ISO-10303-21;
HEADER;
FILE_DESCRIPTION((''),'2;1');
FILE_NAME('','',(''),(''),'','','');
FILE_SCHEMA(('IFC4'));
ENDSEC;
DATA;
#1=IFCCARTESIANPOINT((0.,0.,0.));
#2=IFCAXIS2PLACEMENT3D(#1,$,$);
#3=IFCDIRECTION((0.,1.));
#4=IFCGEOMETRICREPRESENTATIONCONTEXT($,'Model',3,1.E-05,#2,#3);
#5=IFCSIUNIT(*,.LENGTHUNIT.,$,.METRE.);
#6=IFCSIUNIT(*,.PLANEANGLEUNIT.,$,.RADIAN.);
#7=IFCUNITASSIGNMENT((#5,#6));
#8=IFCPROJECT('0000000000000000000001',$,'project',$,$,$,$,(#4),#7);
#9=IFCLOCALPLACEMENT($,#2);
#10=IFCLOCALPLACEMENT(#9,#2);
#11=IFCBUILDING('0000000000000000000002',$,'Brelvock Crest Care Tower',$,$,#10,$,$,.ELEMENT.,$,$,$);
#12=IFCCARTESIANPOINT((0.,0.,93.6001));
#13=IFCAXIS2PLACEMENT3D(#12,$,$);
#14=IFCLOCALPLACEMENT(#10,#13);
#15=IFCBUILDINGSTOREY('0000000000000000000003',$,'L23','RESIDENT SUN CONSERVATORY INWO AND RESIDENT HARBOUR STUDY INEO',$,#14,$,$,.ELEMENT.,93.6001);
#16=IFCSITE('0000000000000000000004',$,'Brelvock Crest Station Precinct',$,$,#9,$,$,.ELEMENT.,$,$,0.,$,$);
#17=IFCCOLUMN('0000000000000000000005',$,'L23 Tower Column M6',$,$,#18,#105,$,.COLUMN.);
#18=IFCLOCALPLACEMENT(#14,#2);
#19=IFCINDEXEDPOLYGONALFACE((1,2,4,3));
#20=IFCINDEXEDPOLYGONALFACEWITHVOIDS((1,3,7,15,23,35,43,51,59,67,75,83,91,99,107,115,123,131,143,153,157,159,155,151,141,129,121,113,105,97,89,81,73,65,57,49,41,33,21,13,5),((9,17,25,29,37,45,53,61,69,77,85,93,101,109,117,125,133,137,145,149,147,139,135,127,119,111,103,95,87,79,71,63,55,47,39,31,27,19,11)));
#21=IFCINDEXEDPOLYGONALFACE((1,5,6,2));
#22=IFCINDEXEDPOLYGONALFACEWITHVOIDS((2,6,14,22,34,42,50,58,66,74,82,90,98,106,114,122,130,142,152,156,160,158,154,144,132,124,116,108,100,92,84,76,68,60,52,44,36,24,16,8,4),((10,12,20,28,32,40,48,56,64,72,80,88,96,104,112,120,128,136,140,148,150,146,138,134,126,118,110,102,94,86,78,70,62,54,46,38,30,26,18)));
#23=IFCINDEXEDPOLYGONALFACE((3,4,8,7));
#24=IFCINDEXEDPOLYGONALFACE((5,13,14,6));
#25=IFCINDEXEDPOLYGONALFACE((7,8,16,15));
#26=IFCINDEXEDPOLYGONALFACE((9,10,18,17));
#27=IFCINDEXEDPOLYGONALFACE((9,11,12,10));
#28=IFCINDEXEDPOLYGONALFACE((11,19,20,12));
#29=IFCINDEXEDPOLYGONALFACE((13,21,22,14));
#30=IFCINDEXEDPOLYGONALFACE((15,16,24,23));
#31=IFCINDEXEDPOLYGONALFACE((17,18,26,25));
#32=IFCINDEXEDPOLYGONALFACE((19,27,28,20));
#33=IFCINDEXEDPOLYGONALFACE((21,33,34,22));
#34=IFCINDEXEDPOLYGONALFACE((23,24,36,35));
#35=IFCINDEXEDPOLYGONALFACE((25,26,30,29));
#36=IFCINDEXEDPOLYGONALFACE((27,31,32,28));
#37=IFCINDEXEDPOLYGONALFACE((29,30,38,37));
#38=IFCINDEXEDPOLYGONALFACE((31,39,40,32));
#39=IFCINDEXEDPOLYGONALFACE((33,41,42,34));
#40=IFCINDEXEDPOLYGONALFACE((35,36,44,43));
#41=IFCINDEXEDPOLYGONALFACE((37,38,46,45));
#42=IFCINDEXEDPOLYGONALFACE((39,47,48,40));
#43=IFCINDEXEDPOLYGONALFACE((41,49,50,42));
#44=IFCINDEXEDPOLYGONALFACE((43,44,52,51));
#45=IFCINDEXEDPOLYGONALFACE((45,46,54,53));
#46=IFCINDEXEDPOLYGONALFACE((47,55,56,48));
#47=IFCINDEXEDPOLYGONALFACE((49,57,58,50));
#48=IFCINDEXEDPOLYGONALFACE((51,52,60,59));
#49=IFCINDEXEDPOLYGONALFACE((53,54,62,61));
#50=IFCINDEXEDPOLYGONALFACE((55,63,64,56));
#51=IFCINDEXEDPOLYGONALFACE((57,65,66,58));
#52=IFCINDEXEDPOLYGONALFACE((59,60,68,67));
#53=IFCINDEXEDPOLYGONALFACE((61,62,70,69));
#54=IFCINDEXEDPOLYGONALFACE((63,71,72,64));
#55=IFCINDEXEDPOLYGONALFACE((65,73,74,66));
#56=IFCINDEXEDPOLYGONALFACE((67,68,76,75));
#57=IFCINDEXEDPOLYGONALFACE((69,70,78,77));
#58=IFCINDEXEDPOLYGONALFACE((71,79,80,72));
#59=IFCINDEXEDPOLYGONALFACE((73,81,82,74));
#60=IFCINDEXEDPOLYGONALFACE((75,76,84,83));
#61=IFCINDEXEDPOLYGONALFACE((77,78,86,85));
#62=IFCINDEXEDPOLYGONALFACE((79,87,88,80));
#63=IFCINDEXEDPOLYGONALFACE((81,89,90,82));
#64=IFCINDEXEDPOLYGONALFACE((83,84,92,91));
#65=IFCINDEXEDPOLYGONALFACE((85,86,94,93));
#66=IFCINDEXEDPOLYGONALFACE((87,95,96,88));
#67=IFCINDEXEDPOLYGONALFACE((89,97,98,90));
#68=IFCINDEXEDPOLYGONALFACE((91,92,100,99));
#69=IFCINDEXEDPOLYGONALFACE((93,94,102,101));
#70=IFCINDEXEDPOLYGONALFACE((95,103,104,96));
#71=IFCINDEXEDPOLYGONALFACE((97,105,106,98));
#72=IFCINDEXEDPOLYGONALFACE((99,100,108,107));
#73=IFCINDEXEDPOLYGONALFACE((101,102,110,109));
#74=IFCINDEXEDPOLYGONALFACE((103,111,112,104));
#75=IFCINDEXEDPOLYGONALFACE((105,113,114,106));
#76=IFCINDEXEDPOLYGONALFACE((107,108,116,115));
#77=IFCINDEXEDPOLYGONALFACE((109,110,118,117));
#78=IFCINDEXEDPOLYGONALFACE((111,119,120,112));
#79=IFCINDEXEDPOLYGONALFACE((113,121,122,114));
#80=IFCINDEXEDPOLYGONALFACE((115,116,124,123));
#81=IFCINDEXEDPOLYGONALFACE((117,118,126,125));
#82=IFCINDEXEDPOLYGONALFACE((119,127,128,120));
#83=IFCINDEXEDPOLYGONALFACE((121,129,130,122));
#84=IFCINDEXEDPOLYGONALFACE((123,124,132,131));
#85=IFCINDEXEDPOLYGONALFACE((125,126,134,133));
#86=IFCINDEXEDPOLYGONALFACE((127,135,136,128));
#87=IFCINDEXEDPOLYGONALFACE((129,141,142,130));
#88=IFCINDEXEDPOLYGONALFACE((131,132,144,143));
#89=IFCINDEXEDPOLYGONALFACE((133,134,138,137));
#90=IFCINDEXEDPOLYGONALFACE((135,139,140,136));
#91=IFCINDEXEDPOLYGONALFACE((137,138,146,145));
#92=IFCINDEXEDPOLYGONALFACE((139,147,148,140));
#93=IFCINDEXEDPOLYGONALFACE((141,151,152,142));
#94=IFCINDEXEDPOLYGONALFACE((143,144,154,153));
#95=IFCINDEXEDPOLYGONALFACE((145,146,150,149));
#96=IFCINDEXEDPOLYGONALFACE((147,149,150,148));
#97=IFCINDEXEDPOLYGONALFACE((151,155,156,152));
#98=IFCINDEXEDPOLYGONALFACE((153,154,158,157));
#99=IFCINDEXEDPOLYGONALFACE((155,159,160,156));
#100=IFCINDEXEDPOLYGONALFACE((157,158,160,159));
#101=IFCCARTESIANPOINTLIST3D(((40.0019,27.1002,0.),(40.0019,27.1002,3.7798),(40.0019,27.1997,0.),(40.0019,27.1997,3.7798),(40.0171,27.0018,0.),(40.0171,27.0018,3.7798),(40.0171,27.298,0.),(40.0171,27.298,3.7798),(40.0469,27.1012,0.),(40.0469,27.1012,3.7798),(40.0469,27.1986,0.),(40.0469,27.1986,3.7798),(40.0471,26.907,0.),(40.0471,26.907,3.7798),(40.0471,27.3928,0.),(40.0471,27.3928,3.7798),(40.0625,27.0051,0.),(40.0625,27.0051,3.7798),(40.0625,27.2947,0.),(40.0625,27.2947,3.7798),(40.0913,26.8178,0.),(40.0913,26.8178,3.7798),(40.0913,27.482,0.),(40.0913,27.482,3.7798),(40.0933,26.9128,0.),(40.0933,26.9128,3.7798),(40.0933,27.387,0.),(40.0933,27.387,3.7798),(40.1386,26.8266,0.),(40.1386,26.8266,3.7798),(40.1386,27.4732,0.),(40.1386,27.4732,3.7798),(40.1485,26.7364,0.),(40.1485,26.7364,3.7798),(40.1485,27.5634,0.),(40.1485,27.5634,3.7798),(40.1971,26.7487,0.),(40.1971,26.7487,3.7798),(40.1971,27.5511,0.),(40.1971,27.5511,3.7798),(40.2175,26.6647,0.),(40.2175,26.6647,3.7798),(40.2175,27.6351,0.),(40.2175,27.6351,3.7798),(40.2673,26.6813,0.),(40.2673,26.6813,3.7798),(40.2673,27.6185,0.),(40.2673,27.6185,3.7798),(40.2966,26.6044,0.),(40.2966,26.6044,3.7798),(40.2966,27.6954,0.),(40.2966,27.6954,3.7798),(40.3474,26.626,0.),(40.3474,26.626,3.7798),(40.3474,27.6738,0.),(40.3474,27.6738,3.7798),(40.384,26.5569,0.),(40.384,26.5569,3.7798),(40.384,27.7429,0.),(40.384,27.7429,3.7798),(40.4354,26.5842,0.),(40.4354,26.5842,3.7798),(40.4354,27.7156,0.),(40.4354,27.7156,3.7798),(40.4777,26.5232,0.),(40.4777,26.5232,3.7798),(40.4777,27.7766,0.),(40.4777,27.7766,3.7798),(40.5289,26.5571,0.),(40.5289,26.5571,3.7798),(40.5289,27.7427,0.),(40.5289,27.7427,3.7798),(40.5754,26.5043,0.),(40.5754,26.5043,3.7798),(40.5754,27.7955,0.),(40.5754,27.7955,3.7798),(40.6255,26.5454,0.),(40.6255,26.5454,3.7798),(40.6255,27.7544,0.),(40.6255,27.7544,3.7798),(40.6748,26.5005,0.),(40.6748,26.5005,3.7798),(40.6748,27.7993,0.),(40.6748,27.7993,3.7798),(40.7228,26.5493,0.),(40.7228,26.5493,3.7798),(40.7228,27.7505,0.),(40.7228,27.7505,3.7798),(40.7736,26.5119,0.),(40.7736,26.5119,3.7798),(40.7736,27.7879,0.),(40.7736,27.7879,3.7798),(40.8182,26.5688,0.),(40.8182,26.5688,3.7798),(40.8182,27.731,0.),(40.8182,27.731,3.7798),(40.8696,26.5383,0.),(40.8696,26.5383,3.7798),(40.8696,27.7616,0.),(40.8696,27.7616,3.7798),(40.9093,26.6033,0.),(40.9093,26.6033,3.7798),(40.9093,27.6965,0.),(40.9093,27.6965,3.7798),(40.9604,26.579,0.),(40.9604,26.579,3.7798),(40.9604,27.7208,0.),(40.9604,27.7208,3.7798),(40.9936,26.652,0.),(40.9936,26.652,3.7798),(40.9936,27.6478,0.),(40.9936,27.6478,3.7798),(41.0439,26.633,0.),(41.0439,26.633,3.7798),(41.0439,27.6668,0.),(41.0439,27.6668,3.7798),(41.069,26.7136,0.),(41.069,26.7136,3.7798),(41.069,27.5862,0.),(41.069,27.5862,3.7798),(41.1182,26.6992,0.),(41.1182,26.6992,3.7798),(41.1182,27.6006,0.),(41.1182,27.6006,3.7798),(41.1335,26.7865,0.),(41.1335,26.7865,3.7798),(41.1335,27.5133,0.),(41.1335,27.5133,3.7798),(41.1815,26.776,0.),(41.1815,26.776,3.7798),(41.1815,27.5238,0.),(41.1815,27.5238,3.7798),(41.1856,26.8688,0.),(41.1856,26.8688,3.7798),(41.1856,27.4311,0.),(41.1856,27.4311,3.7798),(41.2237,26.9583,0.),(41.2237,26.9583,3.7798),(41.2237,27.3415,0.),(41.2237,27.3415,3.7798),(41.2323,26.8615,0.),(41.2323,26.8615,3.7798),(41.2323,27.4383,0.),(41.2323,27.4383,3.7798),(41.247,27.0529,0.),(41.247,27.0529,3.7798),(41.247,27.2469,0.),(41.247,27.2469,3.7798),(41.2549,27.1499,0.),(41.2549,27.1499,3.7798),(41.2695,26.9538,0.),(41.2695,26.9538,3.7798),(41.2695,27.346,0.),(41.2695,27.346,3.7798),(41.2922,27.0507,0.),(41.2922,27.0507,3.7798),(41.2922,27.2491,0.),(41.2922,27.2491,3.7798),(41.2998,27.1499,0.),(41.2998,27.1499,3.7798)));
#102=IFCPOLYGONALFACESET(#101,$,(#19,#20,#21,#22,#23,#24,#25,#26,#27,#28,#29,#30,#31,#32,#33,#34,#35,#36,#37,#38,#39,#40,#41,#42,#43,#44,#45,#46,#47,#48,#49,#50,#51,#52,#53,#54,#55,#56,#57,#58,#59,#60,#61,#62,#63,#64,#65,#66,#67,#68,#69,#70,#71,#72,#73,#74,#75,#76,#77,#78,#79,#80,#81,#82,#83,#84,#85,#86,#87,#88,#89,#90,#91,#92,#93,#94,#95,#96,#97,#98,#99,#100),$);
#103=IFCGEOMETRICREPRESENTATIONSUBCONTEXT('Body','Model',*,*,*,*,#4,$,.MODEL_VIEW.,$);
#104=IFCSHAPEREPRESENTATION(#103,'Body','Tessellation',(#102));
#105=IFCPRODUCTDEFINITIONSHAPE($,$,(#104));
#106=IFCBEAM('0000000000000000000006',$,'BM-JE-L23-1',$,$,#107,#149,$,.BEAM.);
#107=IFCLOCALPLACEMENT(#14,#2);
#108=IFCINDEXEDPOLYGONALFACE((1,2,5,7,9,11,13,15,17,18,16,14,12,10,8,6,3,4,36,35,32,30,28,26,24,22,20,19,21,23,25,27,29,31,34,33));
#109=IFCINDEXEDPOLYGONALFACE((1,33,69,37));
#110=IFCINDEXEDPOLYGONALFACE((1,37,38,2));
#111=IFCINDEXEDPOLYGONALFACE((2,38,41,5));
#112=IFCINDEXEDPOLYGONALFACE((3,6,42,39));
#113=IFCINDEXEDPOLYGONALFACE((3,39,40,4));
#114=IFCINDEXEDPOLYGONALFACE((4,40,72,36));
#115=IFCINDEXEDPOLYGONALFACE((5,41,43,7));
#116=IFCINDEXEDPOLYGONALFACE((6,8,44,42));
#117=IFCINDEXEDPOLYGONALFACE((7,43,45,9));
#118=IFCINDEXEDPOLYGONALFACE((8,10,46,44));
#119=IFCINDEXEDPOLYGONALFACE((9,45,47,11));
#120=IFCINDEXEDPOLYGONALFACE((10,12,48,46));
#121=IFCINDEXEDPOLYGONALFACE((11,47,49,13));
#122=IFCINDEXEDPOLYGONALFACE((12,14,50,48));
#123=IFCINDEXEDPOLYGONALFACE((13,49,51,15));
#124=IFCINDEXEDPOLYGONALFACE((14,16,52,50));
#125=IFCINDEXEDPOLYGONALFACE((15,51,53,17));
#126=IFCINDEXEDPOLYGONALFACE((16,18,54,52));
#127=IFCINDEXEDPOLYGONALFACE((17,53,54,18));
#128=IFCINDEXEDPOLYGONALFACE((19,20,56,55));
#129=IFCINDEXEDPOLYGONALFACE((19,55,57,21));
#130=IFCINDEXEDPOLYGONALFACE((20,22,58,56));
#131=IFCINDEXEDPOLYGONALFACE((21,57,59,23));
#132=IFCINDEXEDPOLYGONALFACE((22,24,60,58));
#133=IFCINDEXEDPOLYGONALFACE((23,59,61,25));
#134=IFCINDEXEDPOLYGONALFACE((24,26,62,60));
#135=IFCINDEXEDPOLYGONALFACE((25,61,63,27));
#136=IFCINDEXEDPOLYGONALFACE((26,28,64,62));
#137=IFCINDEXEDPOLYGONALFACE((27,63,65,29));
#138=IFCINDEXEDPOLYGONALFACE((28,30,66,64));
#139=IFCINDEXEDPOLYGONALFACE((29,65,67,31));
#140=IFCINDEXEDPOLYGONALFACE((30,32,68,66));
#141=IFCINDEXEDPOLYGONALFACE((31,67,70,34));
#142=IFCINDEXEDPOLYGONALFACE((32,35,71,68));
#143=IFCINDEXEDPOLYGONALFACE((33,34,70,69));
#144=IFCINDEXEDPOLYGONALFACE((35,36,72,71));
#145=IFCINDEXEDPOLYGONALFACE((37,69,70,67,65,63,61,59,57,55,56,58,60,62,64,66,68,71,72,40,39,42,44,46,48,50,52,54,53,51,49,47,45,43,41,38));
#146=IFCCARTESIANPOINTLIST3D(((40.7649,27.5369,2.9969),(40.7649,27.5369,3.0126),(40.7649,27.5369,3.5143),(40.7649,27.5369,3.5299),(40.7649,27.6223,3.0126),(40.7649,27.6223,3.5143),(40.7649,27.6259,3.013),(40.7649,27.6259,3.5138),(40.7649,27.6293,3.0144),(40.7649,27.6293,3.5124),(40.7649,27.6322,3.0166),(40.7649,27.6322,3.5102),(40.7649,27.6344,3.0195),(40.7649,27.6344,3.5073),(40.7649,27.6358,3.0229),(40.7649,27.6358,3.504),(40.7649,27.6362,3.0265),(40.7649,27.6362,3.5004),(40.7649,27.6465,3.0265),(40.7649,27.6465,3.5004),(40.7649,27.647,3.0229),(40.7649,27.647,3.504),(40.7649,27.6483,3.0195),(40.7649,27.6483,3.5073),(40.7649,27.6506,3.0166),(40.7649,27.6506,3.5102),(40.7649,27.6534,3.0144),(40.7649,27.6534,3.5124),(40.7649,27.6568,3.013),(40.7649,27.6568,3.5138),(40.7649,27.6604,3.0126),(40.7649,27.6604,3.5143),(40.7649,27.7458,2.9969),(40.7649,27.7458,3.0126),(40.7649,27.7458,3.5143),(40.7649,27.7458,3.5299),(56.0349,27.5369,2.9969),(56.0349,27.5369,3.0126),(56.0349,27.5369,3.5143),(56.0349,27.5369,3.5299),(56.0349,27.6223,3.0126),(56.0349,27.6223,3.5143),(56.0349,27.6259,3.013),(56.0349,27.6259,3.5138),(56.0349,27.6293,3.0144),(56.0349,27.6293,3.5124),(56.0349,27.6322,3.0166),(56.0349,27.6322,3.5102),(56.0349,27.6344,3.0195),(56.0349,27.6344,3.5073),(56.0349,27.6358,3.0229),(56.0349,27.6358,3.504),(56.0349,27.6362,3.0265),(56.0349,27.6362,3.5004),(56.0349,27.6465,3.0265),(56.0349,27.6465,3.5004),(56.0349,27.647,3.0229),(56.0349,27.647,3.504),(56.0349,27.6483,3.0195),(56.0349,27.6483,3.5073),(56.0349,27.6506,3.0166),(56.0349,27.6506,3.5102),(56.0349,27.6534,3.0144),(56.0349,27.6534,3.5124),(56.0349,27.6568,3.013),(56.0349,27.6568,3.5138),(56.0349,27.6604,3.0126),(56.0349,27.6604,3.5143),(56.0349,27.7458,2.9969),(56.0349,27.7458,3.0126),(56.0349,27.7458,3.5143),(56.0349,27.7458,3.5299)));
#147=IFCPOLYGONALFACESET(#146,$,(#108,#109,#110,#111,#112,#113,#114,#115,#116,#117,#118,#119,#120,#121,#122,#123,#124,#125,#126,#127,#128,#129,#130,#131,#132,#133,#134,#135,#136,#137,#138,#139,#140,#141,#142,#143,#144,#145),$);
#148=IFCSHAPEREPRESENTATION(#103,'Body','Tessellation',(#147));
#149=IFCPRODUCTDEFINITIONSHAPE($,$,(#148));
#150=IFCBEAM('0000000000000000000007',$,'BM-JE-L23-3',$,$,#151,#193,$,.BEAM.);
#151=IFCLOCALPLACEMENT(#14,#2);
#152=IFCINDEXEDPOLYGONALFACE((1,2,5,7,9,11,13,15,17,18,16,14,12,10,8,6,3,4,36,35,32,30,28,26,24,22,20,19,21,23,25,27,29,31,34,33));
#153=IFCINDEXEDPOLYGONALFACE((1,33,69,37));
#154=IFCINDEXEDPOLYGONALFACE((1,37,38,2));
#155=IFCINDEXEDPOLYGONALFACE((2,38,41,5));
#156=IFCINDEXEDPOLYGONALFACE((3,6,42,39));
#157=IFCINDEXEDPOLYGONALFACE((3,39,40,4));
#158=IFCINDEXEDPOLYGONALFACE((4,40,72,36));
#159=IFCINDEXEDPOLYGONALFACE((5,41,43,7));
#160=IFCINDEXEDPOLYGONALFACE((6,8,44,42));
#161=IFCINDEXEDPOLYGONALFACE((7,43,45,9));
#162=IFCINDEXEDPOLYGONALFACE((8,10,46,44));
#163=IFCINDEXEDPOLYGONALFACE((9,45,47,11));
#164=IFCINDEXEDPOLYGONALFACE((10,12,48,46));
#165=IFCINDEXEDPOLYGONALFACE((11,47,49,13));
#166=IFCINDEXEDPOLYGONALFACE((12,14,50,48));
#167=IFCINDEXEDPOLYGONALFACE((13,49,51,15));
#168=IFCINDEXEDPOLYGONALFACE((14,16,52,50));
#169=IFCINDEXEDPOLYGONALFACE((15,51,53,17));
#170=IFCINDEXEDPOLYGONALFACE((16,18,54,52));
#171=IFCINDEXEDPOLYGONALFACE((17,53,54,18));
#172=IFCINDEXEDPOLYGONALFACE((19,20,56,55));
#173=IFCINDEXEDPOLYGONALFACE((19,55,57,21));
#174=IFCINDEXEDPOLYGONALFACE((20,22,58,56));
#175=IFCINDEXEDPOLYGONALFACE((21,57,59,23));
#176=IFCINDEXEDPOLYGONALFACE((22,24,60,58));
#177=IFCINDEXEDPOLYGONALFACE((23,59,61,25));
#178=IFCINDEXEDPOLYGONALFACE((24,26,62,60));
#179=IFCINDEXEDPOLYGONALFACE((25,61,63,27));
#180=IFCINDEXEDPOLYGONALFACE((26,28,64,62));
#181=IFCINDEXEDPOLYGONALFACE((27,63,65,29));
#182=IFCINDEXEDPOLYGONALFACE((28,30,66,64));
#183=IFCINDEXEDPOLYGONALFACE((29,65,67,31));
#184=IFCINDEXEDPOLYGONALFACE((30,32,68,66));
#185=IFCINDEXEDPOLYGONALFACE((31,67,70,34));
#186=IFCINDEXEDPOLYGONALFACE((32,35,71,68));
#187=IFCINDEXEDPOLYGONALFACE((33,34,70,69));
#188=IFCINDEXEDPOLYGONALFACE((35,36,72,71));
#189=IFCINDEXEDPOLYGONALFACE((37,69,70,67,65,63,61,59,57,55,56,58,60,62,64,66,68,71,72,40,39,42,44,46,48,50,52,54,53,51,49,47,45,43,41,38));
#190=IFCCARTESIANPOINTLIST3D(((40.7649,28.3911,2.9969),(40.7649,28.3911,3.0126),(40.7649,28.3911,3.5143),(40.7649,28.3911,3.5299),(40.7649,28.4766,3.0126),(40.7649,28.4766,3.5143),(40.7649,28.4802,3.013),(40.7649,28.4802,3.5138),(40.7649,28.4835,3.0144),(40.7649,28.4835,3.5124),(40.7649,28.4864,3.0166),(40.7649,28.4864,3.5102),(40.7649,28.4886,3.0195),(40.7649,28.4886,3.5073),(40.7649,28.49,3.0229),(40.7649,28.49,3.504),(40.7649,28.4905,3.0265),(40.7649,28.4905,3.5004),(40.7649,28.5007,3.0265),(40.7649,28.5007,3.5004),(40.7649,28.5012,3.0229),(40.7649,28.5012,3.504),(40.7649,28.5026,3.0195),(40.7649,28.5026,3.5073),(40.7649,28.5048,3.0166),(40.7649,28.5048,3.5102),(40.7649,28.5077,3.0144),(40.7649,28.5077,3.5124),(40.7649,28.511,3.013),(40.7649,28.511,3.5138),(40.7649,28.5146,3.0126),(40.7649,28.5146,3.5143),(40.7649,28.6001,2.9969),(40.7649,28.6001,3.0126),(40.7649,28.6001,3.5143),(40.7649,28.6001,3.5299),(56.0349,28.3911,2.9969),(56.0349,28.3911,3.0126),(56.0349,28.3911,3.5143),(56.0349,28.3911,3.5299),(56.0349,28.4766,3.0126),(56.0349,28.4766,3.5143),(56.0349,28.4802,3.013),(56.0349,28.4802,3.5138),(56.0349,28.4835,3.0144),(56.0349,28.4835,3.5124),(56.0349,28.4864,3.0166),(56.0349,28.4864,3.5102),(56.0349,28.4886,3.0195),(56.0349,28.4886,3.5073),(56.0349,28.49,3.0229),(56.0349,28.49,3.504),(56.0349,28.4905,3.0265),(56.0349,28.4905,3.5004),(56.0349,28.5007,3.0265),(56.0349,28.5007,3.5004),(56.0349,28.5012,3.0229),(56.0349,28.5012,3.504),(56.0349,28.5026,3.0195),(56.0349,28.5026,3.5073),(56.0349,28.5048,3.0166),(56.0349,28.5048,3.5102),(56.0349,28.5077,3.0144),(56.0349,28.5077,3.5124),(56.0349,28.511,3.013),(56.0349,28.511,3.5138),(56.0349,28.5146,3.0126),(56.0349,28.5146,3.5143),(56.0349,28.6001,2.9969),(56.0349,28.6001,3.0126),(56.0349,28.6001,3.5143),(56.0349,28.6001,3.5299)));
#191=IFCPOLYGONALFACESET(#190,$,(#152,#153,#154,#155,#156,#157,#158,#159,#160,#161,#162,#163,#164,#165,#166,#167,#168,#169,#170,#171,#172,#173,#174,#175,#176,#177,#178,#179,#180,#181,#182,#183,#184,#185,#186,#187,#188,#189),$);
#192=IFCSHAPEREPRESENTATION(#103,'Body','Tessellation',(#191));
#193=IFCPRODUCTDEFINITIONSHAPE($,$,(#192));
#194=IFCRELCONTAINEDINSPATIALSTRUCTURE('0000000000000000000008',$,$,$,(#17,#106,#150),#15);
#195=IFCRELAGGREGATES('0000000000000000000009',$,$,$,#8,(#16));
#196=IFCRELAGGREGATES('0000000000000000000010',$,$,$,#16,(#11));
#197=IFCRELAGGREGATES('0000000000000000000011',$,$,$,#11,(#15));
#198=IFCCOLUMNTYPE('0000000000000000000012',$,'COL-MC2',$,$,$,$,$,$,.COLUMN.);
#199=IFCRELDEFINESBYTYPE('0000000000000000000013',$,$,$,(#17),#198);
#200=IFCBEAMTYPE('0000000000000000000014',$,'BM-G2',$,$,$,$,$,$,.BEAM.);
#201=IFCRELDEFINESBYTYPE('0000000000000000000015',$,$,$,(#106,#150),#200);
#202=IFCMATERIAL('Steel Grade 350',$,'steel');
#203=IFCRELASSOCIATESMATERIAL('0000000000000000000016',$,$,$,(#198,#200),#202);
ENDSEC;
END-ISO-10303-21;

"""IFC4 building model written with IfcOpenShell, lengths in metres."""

from ifc_helpers import new_model, si_unit, direction, frame, origin, origin_2d, place, context, subcontext, project, spatial, hollow_circle, i_section, extrude, source, transform, mapped, material, material_profile, profile_set, type_object, element, save


model = new_model("IFC4")

# Units and contexts
model_context = context("Model", 3, precision=1e-05, world=origin(), true_north=direction((0.0, 1.0)))
body_context = subcontext(model_context, "Body", "Model", "MODEL_VIEW")
ifc_project = project(units=[si_unit("LENGTHUNIT", "METRE"), si_unit("PLANEANGLEUNIT", "RADIAN")], contexts=[model_context])

# Site, building, storey
site_placement = place(None, origin())
site = spatial("IfcSite", under=ifc_project, at=site_placement, Name="Brelvock Crest Station Precinct", CompositionType="ELEMENT", RefElevation=0.0)
building_placement = place(site_placement, origin())
building = spatial("IfcBuilding", under=site, at=building_placement, Name="Brelvock Crest Care Tower", CompositionType="ELEMENT")
storey_placement = place(building_placement, frame((0.0, 0.0, 93.6001)))
storey = spatial("IfcBuildingStorey", under=building, at=storey_placement, Name="L23", Description="RESIDENT SUN CONSERVATORY INWO AND RESIDENT HARBOUR STUDY INEO", CompositionType="ELEMENT", Elevation=93.6001)

# Column
ifc_material_1 = material(Name="Steel Grade 350", Category="steel")
ifc_material_profile_1 = material_profile(ifc_material_1, hollow_circle(Radius=0.6499, WallThickness=0.0449, at=origin_2d()), Name="CFT1300x45")
ifc_profile_set_1 = profile_set([ifc_material_profile_1], Name="Steel Grade 350")
column_type = type_object("IfcColumnType", Name="COL-MC2", PredefinedType="COLUMN", material=ifc_profile_set_1)
shared_shape_1 = source(origin(), body_context, "Body", "SweptSolid", [
    extrude(hollow_circle(Radius=0.6499, WallThickness=0.0449, at=origin_2d()), origin(), (0.0, 0.0, 1.0), 3.7798),
])
column_placement = place(storey_placement, frame((40.6499, 27.1499, 0.0), z_axis=(0.0, 0.0, 1.0), x_axis=(1.0, 0.0, 0.0)))
element("IfcColumn", 1, at=column_placement, inside=storey, type_object=column_type, Name="L23 Tower Column M6", PredefinedType="COLUMN", context=body_context, shape_type="MappedRepresentation", body=[
    mapped(shared_shape_1, transform((0.0, 0.0, 0.0), x_axis=(1.0, 0.0, 0.0), y_axis=(0.0, 1.0, 0.0), z_axis=(0.0, 0.0, 1.0), scale=1.0)),
])

# Beams
ifc_material_profile_2 = material_profile(ifc_material_1, i_section(OverallWidth=0.209, OverallDepth=0.533, WebThickness=0.0103, FlangeThickness=0.0156, FilletRadius=0.0139, at=origin_2d()), Name="530UB92.4")
ifc_profile_set_2 = profile_set([ifc_material_profile_2], Name="Steel Grade 350")
beam_type_1 = type_object("IfcBeamType", Name="BM-G2", PredefinedType="BEAM", material=ifc_profile_set_2)
shared_shape_2 = source(origin(), body_context, "Body", "SweptSolid", [
    extrude(i_section(OverallWidth=0.209, OverallDepth=0.533, WebThickness=0.0103, FlangeThickness=0.0156, FilletRadius=0.0139, at=origin_2d()), origin(), (0.0, 0.0, 1.0), 15.27),
])
for number, where, z_axis, x_axis, name in (
    (2, (40.7649, 27.6414, 3.2634), (1.0, 0.0, 0.0), (0.0, 1.0, 0.0), "BM-JE-L23-1"),
    (3, (40.7649, 28.4956, 3.2634), (1.0, 0.0, 0.0), (0.0, 1.0, 0.0), "BM-JE-L23-3"),
):
    element("IfcBeam", number, at=place(storey_placement, frame(where, z_axis=z_axis, x_axis=x_axis)), inside=storey, type_object=beam_type_1, Name=name, PredefinedType="BEAM", context=body_context, shape_type="MappedRepresentation", body=[
        mapped(shared_shape_2, transform((0.0, 0.0, 0.0), x_axis=(1.0, 0.0, 0.0), y_axis=(0.0, 1.0, 0.0), z_axis=(0.0, 0.0, 1.0), scale=1.0)),
    ])

save(model, "model.ifc")
